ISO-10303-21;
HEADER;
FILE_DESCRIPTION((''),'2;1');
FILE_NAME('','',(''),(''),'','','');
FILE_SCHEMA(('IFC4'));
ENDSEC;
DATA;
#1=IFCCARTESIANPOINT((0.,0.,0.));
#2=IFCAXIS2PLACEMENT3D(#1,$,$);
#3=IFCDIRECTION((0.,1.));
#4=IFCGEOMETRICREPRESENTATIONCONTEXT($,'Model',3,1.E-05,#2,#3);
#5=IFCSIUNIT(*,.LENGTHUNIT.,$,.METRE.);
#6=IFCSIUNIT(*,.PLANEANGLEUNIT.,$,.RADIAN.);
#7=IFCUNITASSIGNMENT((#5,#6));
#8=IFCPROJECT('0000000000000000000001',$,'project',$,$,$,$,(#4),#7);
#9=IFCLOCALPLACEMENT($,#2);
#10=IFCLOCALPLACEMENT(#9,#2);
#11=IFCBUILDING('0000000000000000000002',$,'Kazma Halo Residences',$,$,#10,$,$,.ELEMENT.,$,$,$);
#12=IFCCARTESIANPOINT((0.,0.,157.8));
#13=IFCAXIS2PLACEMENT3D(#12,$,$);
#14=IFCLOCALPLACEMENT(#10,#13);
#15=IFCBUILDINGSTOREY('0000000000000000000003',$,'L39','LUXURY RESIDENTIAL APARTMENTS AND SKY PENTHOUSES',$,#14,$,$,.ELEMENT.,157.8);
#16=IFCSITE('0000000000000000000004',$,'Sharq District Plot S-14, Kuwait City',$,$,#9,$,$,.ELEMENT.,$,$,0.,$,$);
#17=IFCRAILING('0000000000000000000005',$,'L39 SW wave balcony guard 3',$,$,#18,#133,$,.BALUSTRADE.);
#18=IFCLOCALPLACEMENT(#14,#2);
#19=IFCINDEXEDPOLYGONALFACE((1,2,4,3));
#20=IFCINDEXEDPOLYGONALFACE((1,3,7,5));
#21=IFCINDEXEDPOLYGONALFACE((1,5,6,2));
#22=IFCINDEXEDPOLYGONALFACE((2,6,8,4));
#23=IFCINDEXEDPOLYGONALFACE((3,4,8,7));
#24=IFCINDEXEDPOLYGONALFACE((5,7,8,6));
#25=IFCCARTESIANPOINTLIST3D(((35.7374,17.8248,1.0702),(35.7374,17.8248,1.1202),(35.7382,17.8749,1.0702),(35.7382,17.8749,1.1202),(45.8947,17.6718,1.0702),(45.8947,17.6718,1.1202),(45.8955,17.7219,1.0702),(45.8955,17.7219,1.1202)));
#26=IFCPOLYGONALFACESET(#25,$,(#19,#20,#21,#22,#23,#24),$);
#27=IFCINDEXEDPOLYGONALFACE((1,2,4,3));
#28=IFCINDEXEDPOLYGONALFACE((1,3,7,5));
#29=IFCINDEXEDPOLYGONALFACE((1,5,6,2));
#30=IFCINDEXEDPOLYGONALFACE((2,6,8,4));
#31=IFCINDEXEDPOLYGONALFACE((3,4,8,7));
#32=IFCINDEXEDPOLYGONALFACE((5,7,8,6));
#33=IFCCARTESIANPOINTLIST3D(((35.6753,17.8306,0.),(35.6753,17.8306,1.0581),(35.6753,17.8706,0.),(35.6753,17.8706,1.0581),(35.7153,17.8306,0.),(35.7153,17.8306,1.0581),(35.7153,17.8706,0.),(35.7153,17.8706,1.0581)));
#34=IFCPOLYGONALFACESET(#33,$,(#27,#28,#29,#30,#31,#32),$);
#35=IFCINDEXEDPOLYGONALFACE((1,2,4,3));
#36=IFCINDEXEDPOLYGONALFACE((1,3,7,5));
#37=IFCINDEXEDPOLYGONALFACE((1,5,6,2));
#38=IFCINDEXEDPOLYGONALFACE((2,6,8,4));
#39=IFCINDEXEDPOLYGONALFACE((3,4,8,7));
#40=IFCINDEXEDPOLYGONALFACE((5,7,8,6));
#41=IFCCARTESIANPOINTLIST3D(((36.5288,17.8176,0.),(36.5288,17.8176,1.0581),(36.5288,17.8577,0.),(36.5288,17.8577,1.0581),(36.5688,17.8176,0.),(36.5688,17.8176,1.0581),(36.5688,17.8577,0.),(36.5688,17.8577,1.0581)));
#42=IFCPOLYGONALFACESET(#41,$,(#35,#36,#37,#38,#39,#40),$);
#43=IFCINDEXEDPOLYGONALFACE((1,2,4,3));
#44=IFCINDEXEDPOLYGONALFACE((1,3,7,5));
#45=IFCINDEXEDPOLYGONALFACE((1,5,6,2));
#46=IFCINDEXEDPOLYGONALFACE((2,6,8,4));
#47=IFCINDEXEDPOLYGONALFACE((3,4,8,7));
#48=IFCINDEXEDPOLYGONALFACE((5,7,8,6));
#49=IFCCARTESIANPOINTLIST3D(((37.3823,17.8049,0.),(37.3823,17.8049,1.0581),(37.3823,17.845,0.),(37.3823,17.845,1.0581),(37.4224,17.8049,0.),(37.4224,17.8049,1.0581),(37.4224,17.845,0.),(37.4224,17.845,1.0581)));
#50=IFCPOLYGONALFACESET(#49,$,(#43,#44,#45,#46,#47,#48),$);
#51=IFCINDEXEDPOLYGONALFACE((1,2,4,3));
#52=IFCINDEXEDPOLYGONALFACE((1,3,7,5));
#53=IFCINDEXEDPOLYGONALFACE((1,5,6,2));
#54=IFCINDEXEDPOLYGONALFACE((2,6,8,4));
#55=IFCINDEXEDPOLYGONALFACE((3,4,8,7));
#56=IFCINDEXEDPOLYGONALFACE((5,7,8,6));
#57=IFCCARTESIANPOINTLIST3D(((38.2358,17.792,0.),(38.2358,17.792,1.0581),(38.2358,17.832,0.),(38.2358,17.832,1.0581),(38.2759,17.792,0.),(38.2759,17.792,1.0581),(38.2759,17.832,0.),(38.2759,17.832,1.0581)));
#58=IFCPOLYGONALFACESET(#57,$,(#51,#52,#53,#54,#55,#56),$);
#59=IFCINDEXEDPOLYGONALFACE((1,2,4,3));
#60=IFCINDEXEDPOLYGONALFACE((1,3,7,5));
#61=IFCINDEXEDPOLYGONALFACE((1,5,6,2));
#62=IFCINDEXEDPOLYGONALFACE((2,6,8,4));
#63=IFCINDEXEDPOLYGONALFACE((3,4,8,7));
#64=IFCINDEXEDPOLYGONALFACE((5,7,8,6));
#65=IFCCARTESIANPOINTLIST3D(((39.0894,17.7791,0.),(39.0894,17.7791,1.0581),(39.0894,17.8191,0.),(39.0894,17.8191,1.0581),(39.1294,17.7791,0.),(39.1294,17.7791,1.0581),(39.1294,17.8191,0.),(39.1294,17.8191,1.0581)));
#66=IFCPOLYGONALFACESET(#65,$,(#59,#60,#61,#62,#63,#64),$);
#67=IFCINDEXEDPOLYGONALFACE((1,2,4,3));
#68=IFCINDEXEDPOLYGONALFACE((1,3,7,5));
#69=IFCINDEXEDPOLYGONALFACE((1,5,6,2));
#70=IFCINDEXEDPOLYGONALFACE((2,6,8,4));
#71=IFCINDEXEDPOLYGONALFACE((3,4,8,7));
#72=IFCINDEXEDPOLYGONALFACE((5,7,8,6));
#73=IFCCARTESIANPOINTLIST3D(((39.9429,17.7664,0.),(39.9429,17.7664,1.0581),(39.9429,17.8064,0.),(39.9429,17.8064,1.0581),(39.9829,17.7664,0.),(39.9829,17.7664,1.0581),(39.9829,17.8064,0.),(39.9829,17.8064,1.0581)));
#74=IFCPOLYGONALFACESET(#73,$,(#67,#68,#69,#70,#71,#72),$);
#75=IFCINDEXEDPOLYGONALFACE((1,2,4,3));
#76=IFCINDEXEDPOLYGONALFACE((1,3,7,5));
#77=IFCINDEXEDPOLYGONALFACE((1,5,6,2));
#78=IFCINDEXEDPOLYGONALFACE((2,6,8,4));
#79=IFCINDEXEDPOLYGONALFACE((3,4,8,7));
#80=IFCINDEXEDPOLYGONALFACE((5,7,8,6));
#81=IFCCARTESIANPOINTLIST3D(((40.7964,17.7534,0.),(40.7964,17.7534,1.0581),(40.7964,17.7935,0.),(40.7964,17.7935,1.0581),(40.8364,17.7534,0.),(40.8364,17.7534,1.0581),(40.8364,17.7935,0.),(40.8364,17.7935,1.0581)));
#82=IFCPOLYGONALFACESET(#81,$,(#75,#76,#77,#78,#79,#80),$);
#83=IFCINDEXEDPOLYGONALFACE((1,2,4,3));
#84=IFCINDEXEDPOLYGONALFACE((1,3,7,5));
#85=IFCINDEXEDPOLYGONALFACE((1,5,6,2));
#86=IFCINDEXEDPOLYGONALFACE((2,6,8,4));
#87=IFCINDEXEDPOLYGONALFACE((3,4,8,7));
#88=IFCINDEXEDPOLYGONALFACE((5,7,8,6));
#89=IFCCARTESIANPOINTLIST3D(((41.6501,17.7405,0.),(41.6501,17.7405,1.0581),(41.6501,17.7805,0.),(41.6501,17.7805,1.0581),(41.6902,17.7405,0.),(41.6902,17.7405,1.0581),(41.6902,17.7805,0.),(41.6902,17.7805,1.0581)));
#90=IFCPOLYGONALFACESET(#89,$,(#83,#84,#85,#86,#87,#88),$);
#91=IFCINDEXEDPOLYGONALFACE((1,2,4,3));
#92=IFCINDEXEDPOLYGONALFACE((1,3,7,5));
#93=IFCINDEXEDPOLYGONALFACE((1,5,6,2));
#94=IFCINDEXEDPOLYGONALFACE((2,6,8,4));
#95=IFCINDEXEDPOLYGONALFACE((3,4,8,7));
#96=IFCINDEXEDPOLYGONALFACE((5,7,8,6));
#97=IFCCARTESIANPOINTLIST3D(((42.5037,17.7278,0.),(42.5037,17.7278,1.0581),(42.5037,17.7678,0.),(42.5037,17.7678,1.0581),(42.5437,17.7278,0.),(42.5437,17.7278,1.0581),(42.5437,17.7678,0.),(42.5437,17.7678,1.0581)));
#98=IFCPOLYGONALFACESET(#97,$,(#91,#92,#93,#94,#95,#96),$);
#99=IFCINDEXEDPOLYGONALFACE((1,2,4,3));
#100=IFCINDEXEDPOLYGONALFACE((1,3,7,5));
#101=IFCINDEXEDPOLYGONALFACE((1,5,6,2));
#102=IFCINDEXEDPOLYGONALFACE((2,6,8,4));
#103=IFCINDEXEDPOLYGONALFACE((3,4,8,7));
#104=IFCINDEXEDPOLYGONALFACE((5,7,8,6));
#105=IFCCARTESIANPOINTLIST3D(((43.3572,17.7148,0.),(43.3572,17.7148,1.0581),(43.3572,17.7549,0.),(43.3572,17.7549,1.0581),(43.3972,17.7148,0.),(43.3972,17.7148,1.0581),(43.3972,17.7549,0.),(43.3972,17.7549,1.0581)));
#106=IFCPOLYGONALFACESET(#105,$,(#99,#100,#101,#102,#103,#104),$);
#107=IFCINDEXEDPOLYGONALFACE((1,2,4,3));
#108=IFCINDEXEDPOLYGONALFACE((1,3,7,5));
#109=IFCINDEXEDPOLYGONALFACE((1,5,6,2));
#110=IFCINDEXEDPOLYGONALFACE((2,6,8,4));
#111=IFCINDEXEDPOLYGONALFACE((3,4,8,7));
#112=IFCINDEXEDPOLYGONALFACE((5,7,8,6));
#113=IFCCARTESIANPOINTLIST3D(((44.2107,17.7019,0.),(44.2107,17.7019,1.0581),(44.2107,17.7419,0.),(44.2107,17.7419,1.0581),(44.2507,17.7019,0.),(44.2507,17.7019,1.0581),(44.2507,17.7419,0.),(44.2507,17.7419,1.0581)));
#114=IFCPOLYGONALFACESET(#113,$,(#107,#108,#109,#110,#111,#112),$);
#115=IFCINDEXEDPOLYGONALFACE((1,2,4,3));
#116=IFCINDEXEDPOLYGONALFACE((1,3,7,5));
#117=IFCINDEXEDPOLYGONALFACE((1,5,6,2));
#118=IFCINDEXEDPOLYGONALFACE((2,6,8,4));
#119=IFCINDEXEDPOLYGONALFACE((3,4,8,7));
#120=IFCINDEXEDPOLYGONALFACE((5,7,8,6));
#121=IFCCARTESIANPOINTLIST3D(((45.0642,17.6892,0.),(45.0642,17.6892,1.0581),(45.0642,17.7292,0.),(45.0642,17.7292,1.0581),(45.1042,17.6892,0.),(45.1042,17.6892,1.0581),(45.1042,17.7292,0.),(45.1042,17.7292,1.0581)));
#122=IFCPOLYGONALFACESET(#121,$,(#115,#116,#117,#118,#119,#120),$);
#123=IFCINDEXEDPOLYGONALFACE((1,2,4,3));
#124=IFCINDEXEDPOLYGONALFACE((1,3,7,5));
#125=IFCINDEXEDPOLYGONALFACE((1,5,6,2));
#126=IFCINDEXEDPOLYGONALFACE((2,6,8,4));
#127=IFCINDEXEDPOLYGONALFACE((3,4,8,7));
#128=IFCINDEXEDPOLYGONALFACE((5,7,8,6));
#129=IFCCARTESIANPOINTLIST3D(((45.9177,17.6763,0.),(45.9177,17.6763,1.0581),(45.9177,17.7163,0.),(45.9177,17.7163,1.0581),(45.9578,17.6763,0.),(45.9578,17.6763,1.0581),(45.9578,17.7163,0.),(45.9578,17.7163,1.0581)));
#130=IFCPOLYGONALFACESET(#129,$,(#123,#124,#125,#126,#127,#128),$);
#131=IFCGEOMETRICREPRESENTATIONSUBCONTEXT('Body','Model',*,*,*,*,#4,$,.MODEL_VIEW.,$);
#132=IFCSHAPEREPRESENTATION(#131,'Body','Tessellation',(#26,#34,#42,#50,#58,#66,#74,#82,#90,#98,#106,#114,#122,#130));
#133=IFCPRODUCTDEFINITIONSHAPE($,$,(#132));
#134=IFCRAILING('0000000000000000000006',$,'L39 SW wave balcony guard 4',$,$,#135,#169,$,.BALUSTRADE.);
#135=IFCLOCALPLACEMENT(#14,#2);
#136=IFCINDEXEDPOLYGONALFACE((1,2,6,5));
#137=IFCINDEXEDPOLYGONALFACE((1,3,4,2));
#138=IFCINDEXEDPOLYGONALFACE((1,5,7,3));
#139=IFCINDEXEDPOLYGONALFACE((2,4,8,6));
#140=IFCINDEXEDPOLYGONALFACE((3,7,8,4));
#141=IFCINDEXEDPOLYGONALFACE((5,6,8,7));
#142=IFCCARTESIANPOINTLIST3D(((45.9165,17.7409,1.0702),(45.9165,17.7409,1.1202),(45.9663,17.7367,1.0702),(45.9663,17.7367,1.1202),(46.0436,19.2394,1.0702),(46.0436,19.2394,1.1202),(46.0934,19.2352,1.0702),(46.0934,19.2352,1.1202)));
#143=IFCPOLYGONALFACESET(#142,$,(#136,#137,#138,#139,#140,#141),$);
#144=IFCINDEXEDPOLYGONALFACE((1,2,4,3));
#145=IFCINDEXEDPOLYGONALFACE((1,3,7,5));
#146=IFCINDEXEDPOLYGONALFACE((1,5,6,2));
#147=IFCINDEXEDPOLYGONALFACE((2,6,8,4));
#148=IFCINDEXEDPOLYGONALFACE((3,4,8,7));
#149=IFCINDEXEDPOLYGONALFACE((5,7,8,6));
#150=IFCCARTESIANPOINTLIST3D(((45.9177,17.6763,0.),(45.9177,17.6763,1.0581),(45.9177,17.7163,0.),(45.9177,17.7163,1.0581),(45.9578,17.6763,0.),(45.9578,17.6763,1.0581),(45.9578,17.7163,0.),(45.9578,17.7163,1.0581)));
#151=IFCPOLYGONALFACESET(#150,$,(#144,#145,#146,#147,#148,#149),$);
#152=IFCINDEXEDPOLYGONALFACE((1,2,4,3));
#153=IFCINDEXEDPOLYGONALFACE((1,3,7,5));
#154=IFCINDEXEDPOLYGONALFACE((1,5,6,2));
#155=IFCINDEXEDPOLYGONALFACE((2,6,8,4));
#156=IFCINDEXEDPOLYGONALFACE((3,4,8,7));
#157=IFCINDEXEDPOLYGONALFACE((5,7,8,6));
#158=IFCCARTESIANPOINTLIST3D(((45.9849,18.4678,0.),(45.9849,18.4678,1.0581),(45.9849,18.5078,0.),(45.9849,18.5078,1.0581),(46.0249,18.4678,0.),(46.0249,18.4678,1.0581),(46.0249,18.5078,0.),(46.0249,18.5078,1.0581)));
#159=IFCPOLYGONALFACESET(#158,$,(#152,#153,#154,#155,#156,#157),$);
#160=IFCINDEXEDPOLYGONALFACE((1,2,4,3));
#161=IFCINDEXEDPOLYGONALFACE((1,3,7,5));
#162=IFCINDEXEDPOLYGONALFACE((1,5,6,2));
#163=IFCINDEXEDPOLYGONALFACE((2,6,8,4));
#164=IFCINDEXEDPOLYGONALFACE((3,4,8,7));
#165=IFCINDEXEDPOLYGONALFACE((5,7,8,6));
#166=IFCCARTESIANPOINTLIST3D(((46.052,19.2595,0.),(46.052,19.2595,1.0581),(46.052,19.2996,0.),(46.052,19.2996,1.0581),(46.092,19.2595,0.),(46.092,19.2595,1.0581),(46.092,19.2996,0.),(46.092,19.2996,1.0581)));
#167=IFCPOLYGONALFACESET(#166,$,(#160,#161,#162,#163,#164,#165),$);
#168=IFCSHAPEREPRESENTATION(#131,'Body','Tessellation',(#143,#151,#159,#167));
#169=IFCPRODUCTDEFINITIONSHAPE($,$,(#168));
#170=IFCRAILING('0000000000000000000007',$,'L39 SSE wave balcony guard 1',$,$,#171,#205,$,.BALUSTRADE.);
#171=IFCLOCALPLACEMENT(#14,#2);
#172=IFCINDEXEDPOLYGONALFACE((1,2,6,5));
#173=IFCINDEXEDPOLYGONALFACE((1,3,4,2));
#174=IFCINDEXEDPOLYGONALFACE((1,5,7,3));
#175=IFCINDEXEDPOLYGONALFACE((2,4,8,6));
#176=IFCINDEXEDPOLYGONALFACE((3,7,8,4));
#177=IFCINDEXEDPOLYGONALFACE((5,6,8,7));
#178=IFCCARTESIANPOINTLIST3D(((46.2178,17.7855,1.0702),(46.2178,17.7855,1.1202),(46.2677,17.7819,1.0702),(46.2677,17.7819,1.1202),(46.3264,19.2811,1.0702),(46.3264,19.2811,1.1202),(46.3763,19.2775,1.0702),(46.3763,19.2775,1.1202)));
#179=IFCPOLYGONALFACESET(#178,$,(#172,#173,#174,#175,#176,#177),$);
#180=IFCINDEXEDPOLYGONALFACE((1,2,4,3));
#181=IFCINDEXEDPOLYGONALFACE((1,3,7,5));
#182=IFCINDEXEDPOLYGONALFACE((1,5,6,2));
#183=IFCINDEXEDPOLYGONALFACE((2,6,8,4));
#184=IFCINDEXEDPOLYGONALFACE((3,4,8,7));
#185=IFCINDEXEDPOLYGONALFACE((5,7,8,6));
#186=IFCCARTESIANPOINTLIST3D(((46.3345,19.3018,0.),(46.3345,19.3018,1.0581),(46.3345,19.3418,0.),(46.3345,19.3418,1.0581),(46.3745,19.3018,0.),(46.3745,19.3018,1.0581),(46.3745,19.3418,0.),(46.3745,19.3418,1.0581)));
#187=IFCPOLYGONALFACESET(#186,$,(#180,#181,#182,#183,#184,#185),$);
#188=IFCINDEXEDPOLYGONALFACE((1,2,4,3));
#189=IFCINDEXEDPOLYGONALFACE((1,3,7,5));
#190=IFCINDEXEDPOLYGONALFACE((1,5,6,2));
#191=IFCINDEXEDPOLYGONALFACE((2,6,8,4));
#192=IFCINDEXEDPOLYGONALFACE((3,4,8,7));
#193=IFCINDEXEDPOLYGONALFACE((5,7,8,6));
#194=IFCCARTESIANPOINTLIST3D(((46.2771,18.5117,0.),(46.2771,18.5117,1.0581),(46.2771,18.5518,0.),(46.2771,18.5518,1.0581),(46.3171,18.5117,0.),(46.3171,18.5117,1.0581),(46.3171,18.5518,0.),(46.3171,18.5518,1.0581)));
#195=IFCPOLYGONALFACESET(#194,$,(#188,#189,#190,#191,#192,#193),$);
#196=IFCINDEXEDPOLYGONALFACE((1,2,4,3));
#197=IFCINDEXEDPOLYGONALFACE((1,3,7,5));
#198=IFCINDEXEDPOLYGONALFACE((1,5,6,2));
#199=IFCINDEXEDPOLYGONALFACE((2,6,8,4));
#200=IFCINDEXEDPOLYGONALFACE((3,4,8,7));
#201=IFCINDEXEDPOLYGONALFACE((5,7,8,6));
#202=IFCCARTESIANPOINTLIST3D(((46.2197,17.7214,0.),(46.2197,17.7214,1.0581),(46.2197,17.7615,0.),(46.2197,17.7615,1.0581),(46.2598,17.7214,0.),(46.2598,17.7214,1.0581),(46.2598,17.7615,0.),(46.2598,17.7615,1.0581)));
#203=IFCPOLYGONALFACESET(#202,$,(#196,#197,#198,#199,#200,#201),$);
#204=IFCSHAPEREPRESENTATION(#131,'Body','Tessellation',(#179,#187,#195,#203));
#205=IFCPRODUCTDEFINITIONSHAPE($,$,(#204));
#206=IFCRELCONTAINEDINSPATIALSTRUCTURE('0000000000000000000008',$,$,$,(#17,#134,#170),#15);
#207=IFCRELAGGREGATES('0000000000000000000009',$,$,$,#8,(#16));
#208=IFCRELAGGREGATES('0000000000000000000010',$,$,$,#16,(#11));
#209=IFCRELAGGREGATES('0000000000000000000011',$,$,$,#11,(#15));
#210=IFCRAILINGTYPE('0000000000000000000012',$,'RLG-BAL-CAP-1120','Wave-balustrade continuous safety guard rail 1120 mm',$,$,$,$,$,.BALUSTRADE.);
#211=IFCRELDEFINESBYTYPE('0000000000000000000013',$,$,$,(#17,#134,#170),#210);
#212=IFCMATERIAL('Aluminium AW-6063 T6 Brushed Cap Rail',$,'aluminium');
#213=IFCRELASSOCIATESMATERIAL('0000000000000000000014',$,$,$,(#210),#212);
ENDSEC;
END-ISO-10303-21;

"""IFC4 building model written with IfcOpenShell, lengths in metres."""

from ifc_helpers import new_model, si_unit, direction, frame, origin, origin_2d, place, context, subcontext, project, spatial, rectangle, extrude, material, type_object, element, save


model = new_model("IFC4")

# Units and contexts
model_context = context("Model", 3, precision=1e-05, world=origin(), true_north=direction((0.0, 1.0)))
body_context = subcontext(model_context, "Body", "Model", "MODEL_VIEW")
ifc_project = project(units=[si_unit("LENGTHUNIT", "METRE"), si_unit("PLANEANGLEUNIT", "RADIAN")], contexts=[model_context])

# Site, building, storey
site_placement = place(None, origin())
site = spatial("IfcSite", under=ifc_project, at=site_placement, Name="Sharq District Plot S-14, Kuwait City", CompositionType="ELEMENT", RefElevation=0.0)
building_placement = place(site_placement, origin())
building = spatial("IfcBuilding", under=site, at=building_placement, Name="Kazma Halo Residences", CompositionType="ELEMENT")
storey_placement = place(building_placement, frame((0.0, 0.0, 157.8)))
storey = spatial("IfcBuildingStorey", under=building, at=storey_placement, Name="L39", Description="LUXURY RESIDENTIAL APARTMENTS AND SKY PENTHOUSES", CompositionType="ELEMENT", Elevation=157.8)

# Railings
ifc_material_1 = material(Name="Aluminium AW-6063 T6 Brushed Cap Rail", Category="aluminium")
railing_type = type_object("IfcRailingType", Name="RLG-BAL-CAP-1120", Description="Wave-balustrade continuous safety guard rail 1120 mm", PredefinedType="BALUSTRADE", material=ifc_material_1)
railing_1_placement = place(storey_placement, frame((35.6953, 17.8506, 0.0)))
element("IfcRailing", 1, at=railing_1_placement, inside=storey, type_object=railing_type, Name="L39 SW wave balcony guard 3", PredefinedType="BALUSTRADE", context=body_context, shape_type="SweptSolid", body=[
    extrude(rectangle(XDim=0.05, YDim=0.05, at=origin_2d()), frame((0.0425, -0.0007, 1.0952), z_axis=(0.999887, -0.015063, 0.0), x_axis=(0.015063, 0.999887, 0.0)), (0.0, 0.0, 1.0), 10.1584),
    extrude(rectangle(XDim=0.04, YDim=0.04, at=origin_2d()), origin(), (0.0, 0.0, 1.0), 1.0581),
    extrude(rectangle(XDim=0.04, YDim=0.04, at=origin_2d()), frame((0.8535, -0.0129, 0.0)), (0.0, 0.0, 1.0), 1.0581),
    extrude(rectangle(XDim=0.04, YDim=0.04, at=origin_2d()), frame((1.707, -0.0256, 0.0)), (0.0, 0.0, 1.0), 1.0581),
    extrude(rectangle(XDim=0.04, YDim=0.04, at=origin_2d()), frame((2.5605, -0.0386, 0.0)), (0.0, 0.0, 1.0), 1.0581),
    extrude(rectangle(XDim=0.04, YDim=0.04, at=origin_2d()), frame((3.4141, -0.0515, 0.0)), (0.0, 0.0, 1.0), 1.0581),
    extrude(rectangle(XDim=0.04, YDim=0.04, at=origin_2d()), frame((4.2676, -0.0642, 0.0)), (0.0, 0.0, 1.0), 1.0581),
    extrude(rectangle(XDim=0.04, YDim=0.04, at=origin_2d()), frame((5.1211, -0.0771, 0.0)), (0.0, 0.0, 1.0), 1.0581),
    extrude(rectangle(XDim=0.04, YDim=0.04, at=origin_2d()), frame((5.9749, -0.0901, 0.0)), (0.0, 0.0, 1.0), 1.0581),
    extrude(rectangle(XDim=0.04, YDim=0.04, at=origin_2d()), frame((6.8284, -0.1028, 0.0)), (0.0, 0.0, 1.0), 1.0581),
    extrude(rectangle(XDim=0.04, YDim=0.04, at=origin_2d()), frame((7.6819, -0.1157, 0.0)), (0.0, 0.0, 1.0), 1.0581),
    extrude(rectangle(XDim=0.04, YDim=0.04, at=origin_2d()), frame((8.5354, -0.1287, 0.0)), (0.0, 0.0, 1.0), 1.0581),
    extrude(rectangle(XDim=0.04, YDim=0.04, at=origin_2d()), frame((9.3889, -0.1414, 0.0)), (0.0, 0.0, 1.0), 1.0581),
    extrude(rectangle(XDim=0.04, YDim=0.04, at=origin_2d()), frame((10.2424, -0.1543, 0.0)), (0.0, 0.0, 1.0), 1.0581),
])
railing_2_placement = place(storey_placement, frame((45.9377, 17.6963, 0.0)))
element("IfcRailing", 2, at=railing_2_placement, inside=storey, type_object=railing_type, Name="L39 SW wave balcony guard 4", PredefinedType="BALUSTRADE", context=body_context, shape_type="SweptSolid", body=[
    extrude(rectangle(XDim=0.05, YDim=0.05, at=origin_2d()), frame((0.0037, 0.0425, 1.0952), z_axis=(0.084508, 0.996423, 0.0), x_axis=(-0.996423, 0.084508, 0.0)), (0.0, 0.0, 1.0), 1.5039),
    extrude(rectangle(XDim=0.04, YDim=0.04, at=origin_2d()), origin(), (0.0, 0.0, 1.0), 1.0581),
    extrude(rectangle(XDim=0.04, YDim=0.04, at=origin_2d()), frame((0.0671, 0.7915, 0.0)), (0.0, 0.0, 1.0), 1.0581),
    extrude(rectangle(XDim=0.04, YDim=0.04, at=origin_2d()), frame((0.1343, 1.5833, 0.0)), (0.0, 0.0, 1.0), 1.0581),
])
railing_3_placement = place(storey_placement, frame((46.3545, 19.3218, 0.0)))
element("IfcRailing", 3, at=railing_3_placement, inside=storey, type_object=railing_type, Name="L39 SSE wave balcony guard 1", PredefinedType="BALUSTRADE", context=body_context, shape_type="SweptSolid", body=[
    extrude(rectangle(XDim=0.05, YDim=0.05, at=origin_2d()), frame((-0.0032, -0.0425, 1.0952), z_axis=(-0.072419, -0.997374, 0.0), x_axis=(0.997374, -0.072419, 0.0)), (0.0, 0.0, 1.0), 1.4995),
    extrude(rectangle(XDim=0.04, YDim=0.04, at=origin_2d()), origin(), (0.0, 0.0, 1.0), 1.0581),
    extrude(rectangle(XDim=0.04, YDim=0.04, at=origin_2d()), frame((-0.0574, -0.79, 0.0)), (0.0, 0.0, 1.0), 1.0581),
    extrude(rectangle(XDim=0.04, YDim=0.04, at=origin_2d()), frame((-0.1147, -1.5803, 0.0)), (0.0, 0.0, 1.0), 1.0581),
])

save(model, "model.ifc")
